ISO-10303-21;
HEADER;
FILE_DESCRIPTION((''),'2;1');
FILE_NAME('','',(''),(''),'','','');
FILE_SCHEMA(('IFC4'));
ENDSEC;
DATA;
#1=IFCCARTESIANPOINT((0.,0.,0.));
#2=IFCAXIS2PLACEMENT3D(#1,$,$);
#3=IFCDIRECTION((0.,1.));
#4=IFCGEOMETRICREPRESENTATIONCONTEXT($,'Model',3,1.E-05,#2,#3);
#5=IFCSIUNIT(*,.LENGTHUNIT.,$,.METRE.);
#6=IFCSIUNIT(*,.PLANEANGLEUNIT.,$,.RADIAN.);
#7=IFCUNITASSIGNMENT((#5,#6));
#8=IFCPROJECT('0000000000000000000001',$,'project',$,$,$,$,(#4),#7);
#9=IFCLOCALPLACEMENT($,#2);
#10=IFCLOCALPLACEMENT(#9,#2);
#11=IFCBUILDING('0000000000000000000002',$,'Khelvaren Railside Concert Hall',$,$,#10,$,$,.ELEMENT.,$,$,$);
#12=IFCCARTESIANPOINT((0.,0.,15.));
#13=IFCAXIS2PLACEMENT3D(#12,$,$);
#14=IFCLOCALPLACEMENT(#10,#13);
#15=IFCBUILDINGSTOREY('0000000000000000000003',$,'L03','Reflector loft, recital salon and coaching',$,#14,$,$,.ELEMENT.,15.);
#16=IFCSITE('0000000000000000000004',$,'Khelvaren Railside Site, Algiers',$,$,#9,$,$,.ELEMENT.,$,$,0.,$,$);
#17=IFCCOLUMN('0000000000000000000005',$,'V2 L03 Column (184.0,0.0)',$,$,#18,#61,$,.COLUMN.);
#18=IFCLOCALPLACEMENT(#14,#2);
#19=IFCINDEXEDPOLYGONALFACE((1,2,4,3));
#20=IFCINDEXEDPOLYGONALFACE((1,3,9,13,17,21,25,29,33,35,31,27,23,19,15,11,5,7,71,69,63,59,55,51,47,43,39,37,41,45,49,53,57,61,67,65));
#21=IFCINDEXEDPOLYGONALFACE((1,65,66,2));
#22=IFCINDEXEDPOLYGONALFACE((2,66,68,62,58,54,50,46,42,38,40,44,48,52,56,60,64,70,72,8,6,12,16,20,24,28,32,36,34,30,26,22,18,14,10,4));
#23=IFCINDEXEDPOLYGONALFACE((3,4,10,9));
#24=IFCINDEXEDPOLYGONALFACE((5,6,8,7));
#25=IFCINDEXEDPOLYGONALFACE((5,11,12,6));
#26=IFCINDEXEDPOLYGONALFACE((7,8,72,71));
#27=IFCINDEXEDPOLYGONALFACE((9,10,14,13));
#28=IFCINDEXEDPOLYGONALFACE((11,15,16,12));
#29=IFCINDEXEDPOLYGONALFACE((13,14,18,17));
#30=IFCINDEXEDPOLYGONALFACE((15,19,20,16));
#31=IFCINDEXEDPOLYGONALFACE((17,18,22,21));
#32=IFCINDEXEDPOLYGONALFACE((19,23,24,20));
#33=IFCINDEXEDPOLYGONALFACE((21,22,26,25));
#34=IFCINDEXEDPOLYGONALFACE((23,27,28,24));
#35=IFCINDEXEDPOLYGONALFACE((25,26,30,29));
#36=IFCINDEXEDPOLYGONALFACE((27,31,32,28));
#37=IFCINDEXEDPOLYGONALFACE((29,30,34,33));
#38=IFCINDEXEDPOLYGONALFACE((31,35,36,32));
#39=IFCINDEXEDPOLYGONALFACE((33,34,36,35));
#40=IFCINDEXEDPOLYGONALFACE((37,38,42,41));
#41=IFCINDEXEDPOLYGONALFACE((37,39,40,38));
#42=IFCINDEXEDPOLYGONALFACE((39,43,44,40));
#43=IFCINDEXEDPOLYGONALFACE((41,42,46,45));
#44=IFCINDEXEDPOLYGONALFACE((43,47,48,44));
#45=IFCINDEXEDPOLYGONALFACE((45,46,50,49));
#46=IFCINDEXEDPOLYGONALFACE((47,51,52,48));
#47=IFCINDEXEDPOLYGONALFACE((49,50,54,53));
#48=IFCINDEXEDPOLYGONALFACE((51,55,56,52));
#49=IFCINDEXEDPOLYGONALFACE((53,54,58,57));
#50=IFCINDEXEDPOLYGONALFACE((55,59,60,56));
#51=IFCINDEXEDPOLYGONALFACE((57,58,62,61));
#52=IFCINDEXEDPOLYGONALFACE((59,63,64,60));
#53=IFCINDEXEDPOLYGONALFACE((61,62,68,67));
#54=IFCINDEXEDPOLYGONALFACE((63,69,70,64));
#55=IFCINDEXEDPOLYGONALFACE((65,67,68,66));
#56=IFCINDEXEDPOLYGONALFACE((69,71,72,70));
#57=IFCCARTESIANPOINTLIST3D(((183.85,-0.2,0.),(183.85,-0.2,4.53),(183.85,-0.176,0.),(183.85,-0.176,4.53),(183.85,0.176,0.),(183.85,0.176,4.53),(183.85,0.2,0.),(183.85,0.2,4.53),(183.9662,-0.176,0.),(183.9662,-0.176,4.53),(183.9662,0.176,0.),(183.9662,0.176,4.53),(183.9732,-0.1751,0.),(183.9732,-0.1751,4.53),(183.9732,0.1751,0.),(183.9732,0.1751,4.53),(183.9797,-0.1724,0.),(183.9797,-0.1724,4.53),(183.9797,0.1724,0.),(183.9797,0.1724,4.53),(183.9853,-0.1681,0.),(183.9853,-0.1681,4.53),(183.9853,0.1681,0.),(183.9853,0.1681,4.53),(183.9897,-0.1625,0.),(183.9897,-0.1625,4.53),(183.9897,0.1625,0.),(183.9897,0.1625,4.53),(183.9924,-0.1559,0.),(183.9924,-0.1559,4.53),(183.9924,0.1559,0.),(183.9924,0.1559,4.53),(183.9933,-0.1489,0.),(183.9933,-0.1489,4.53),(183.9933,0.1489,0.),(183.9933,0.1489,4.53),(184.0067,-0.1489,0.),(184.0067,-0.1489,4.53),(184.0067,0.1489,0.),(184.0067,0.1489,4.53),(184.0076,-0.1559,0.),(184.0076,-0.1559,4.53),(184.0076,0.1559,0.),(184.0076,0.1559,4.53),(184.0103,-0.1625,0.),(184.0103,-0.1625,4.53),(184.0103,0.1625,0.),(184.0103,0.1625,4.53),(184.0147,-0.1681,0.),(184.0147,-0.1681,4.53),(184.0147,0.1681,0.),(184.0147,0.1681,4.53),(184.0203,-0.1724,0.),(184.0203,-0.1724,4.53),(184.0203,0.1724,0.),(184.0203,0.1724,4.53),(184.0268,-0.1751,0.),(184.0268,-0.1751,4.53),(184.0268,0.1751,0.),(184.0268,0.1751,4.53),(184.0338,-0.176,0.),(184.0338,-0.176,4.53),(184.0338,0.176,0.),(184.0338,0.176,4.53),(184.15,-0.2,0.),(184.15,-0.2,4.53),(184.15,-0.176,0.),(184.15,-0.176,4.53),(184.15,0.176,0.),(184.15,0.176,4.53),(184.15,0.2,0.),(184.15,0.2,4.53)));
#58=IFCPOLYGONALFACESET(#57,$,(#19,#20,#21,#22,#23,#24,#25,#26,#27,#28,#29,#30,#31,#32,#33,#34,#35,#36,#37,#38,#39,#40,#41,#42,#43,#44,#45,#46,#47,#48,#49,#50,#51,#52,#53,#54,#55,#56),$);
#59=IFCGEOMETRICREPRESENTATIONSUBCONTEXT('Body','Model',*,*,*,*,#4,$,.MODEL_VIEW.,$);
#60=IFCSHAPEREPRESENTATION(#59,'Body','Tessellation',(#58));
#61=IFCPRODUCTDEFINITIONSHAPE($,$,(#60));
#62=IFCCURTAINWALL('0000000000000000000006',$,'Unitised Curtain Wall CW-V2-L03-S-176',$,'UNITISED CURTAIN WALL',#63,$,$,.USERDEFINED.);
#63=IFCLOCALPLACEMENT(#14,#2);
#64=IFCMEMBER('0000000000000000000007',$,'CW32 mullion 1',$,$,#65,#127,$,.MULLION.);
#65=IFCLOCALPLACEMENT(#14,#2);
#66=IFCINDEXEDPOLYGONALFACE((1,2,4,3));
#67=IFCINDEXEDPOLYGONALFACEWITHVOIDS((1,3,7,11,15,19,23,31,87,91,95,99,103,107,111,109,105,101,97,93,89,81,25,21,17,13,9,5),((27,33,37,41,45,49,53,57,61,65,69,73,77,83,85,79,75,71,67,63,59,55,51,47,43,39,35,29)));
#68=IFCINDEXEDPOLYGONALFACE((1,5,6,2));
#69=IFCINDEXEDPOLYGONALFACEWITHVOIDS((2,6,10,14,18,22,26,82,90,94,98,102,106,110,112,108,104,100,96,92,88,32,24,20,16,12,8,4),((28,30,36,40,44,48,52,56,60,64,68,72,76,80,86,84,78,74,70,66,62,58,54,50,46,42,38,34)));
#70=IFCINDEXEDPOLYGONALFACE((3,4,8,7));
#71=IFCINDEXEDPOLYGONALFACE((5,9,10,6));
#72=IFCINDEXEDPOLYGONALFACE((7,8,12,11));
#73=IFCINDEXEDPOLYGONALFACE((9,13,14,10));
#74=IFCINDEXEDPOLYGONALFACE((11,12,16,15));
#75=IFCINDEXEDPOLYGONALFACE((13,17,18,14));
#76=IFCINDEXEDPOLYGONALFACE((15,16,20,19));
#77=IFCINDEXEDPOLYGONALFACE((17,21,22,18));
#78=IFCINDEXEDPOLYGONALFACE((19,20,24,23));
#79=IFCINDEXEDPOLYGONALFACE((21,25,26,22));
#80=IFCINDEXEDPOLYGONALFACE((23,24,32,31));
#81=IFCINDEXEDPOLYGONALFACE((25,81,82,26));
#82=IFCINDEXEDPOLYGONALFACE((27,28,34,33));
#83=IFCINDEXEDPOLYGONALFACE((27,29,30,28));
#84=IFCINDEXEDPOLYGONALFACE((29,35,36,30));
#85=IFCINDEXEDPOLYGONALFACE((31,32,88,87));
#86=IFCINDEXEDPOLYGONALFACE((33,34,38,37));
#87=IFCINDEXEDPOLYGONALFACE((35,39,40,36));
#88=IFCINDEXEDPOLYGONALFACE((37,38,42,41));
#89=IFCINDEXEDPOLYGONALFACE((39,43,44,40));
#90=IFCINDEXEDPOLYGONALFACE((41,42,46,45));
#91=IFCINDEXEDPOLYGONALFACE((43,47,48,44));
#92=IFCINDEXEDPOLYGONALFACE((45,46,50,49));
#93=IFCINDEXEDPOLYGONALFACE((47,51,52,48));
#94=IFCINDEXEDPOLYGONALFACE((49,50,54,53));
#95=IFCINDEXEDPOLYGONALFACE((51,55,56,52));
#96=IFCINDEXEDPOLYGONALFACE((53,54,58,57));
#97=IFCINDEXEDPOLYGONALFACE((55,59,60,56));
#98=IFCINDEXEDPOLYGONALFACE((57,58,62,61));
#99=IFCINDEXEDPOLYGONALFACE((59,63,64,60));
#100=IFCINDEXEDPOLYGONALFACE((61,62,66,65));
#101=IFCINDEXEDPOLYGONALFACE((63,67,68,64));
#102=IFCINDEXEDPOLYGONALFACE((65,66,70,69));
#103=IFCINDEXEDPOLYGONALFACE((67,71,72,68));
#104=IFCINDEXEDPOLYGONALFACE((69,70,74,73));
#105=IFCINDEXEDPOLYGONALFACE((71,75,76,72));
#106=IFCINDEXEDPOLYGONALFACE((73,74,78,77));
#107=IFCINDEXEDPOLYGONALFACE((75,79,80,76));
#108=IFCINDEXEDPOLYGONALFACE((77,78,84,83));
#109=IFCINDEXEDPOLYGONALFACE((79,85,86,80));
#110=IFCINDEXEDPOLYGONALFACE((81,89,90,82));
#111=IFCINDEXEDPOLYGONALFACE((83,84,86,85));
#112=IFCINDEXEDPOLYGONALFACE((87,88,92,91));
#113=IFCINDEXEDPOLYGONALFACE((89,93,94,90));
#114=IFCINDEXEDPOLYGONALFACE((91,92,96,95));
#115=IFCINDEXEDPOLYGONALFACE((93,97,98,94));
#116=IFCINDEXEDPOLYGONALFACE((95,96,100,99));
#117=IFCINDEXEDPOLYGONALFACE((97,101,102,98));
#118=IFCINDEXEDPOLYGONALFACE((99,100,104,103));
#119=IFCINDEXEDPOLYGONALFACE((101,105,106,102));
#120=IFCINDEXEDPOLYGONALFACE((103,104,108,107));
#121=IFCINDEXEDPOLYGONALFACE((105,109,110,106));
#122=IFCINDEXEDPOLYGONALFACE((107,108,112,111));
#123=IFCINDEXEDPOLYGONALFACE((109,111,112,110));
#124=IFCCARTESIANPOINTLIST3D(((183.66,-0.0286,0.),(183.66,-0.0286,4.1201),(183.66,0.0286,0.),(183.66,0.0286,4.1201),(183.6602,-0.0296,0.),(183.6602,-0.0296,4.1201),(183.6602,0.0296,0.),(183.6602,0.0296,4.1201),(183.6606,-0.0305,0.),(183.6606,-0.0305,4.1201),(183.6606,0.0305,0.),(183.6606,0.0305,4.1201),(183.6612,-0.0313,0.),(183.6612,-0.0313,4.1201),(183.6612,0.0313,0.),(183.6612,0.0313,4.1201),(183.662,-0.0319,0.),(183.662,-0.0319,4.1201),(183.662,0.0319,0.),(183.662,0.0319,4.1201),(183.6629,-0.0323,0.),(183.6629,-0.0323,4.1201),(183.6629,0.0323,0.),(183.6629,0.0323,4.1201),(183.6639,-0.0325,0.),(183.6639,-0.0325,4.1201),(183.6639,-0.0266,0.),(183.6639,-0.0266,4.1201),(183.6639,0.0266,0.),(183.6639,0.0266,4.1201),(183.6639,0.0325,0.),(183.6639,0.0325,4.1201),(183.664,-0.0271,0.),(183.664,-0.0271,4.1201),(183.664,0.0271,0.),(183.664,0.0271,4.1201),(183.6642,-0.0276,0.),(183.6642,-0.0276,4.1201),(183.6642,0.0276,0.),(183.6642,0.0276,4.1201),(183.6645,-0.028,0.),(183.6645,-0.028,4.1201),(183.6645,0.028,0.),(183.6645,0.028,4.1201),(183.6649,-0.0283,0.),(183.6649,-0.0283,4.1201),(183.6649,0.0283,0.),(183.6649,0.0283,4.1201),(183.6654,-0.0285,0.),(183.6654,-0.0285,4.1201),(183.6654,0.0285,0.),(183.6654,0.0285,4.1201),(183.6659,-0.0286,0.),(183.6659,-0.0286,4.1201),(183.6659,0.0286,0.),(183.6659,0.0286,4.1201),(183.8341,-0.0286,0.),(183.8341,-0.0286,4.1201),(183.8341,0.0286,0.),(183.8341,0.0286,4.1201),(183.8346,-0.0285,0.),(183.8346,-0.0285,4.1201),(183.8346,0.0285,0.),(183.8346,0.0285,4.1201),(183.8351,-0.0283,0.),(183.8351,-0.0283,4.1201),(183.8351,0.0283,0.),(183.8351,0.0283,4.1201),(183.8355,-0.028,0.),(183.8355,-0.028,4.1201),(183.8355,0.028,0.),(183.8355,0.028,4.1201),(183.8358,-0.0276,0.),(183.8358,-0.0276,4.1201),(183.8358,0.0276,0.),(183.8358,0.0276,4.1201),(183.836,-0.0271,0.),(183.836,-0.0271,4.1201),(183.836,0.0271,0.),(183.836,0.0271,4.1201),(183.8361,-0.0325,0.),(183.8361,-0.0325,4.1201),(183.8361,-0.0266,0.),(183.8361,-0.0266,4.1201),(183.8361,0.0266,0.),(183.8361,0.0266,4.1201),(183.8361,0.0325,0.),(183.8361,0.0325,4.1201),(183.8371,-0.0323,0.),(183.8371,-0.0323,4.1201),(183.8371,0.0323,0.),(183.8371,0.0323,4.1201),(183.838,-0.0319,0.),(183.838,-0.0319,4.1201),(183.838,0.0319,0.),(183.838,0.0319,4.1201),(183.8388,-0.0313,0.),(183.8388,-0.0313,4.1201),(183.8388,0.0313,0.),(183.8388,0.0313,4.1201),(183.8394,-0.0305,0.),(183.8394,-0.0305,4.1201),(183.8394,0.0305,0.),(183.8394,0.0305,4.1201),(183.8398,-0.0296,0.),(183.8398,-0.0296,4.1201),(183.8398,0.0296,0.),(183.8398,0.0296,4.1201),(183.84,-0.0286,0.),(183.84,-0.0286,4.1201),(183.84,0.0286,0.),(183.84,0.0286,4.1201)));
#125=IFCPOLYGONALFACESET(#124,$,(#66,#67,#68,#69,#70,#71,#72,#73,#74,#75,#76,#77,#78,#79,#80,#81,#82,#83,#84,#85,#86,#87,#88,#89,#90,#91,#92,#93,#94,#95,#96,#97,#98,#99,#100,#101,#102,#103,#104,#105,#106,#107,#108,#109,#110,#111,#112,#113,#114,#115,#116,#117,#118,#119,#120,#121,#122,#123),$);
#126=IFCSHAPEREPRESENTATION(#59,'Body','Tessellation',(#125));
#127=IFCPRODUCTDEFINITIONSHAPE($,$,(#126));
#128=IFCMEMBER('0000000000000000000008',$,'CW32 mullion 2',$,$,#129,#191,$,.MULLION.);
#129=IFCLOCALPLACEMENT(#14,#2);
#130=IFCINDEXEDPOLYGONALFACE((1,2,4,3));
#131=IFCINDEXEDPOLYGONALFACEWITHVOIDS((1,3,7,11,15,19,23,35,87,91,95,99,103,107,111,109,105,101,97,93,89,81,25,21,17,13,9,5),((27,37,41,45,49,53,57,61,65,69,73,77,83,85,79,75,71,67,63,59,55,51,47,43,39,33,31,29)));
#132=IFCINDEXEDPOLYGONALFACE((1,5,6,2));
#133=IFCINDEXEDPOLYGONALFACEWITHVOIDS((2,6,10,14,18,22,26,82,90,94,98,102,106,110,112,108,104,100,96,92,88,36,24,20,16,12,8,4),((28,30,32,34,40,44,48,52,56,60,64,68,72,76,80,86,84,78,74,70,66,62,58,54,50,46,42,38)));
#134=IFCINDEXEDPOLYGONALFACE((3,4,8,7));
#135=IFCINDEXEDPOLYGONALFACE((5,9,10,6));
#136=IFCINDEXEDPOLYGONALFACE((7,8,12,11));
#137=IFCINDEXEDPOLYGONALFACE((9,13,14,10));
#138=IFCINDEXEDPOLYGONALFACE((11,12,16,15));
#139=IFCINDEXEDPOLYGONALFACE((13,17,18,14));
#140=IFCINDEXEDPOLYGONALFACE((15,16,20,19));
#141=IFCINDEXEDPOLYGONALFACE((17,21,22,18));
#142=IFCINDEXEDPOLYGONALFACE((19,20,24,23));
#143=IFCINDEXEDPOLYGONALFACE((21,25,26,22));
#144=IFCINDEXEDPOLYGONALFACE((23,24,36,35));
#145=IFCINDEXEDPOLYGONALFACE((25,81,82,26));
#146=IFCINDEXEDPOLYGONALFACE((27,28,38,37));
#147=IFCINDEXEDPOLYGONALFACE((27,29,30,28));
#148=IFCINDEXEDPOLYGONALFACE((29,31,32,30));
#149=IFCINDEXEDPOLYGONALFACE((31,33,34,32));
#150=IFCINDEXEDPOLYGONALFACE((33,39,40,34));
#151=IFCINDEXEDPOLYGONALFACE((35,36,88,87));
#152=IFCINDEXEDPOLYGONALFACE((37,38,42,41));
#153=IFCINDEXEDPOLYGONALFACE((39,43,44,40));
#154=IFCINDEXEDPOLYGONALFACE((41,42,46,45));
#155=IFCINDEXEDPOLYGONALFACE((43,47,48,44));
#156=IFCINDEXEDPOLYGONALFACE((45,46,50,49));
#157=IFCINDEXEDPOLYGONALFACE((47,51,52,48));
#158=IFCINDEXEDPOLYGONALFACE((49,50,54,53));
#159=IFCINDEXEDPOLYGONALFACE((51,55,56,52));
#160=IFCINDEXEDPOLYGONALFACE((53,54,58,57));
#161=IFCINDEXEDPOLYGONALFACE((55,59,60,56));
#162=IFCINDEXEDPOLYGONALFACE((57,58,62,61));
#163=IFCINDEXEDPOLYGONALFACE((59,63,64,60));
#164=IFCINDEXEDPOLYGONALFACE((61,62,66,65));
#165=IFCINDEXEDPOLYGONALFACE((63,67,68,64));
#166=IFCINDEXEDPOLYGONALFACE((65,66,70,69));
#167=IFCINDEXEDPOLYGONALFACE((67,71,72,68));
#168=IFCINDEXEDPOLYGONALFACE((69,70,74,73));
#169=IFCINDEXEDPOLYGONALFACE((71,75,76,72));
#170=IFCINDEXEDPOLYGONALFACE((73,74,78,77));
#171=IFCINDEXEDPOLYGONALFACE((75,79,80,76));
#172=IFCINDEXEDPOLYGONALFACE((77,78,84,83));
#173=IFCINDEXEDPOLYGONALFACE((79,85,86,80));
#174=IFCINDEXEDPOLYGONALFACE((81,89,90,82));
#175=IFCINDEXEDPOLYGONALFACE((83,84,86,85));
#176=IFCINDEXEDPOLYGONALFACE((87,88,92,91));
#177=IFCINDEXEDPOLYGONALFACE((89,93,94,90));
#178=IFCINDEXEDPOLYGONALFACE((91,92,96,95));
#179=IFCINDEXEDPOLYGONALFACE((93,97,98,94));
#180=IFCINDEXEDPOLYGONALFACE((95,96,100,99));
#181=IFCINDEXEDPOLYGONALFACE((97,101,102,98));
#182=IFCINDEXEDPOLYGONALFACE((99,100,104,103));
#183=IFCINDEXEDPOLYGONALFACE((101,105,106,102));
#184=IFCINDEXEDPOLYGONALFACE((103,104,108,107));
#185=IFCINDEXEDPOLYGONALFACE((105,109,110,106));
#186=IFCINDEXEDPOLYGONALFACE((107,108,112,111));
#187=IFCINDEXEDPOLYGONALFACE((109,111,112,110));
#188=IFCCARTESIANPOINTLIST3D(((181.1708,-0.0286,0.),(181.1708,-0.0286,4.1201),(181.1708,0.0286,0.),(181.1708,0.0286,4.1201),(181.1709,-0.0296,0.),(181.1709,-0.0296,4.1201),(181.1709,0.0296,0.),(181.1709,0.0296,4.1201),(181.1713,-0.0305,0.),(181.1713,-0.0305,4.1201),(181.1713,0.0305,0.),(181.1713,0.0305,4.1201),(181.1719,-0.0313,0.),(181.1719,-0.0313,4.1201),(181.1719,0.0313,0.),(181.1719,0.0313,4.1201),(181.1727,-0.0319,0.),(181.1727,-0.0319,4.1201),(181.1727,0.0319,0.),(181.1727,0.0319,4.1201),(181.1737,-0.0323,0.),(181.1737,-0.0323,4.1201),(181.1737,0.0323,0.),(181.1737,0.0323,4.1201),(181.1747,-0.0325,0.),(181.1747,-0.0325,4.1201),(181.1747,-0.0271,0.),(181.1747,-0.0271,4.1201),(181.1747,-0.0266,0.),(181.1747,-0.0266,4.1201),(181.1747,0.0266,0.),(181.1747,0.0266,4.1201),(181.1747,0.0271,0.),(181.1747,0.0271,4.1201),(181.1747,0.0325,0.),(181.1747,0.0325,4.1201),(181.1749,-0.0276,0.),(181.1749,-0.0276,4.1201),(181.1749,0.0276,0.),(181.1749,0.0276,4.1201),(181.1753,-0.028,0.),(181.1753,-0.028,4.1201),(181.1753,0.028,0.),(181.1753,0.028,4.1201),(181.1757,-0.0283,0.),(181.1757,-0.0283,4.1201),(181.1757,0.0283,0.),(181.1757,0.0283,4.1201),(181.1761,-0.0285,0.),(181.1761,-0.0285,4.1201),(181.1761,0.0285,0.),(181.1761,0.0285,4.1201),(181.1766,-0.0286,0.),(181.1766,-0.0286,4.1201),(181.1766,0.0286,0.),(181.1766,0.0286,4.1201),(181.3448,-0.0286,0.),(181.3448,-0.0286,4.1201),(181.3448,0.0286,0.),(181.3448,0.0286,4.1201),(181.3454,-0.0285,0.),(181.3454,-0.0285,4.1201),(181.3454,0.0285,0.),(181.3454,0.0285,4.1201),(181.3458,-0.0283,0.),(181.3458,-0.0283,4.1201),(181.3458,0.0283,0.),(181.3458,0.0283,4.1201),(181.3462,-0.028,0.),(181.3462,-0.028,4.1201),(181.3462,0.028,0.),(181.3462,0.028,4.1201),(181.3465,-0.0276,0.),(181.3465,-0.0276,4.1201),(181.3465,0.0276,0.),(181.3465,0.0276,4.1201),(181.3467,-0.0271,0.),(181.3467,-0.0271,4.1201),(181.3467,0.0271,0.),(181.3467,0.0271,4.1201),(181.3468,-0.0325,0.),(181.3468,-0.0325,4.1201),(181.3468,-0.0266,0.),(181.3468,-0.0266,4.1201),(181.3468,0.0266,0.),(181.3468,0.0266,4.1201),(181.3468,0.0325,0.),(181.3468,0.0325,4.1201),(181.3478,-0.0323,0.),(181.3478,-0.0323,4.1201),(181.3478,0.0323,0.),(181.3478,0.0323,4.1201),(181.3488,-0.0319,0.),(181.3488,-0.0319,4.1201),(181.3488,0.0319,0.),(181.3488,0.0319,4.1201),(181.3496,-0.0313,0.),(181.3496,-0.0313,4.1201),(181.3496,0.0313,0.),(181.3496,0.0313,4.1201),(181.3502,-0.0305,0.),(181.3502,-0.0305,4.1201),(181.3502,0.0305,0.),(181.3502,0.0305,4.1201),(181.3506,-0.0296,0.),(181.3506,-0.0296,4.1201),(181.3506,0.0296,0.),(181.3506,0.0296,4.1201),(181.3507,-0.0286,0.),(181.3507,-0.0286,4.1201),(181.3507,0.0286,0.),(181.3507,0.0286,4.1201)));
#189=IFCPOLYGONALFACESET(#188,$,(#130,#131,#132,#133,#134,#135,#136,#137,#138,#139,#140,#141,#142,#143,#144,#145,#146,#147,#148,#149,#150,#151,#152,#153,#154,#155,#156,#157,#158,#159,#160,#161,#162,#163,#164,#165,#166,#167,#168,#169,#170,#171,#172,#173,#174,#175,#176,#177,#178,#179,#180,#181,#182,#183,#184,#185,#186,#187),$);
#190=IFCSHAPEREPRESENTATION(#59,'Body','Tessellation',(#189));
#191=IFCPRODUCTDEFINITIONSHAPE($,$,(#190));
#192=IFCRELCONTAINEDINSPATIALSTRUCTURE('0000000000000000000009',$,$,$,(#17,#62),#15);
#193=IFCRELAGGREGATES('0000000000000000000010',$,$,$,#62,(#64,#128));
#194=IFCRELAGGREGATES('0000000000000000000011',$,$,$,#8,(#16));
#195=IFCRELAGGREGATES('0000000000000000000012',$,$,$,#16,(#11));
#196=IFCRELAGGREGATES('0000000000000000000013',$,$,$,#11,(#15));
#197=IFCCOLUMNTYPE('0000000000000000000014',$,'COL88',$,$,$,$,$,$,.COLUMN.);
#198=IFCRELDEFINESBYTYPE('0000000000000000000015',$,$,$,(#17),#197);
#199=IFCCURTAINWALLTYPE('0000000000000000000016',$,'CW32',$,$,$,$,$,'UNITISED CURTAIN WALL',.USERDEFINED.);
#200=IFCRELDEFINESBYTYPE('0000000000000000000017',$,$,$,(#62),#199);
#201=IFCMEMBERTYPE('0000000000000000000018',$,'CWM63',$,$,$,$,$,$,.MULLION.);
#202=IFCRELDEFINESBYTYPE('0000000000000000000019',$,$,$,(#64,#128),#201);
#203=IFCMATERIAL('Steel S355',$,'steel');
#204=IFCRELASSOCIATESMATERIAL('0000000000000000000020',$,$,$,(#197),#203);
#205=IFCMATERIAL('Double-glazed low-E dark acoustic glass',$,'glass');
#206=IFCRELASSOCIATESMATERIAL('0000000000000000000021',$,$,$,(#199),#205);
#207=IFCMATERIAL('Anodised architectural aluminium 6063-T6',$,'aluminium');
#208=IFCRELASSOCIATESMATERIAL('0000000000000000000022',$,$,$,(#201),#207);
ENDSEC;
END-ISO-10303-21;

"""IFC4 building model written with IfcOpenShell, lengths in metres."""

from ifc_helpers import new_model, si_unit, direction, frame, origin, origin_2d, place, context, subcontext, project, spatial, hollow_rectangle, i_section, extrude, material, material_profile, profile_set, type_object, element, aggregate, save


model = new_model("IFC4")

# Units and contexts
model_context = context("Model", 3, precision=1e-05, world=origin(), true_north=direction((0.0, 1.0)))
body_context = subcontext(model_context, "Body", "Model", "MODEL_VIEW")
ifc_project = project(units=[si_unit("LENGTHUNIT", "METRE"), si_unit("PLANEANGLEUNIT", "RADIAN")], contexts=[model_context])

# Site, building, storey
site_placement = place(None, origin())
site = spatial("IfcSite", under=ifc_project, at=site_placement, Name="Khelvaren Railside Site, Algiers", CompositionType="ELEMENT", RefElevation=0.0)
building_placement = place(site_placement, origin())
building = spatial("IfcBuilding", under=site, at=building_placement, Name="Khelvaren Railside Concert Hall", CompositionType="ELEMENT")
storey_placement = place(building_placement, frame((0.0, 0.0, 15.0)))
storey = spatial("IfcBuildingStorey", under=building, at=storey_placement, Name="L03", Description="Reflector loft, recital salon and coaching", CompositionType="ELEMENT", Elevation=15.0)

# Column
ifc_material_1 = material(Name="Steel S355", Category="steel")
ifc_material_profile_1 = material_profile(ifc_material_1, i_section(OverallWidth=0.3, OverallDepth=0.3999, WebThickness=0.0134, FlangeThickness=0.0239, FilletRadius=0.0271, at=origin_2d()), Name="HEB 400")
ifc_profile_set_1 = profile_set([ifc_material_profile_1], Name="Steel S355")
column_type = type_object("IfcColumnType", Name="COL88", PredefinedType="COLUMN", material=ifc_profile_set_1)
column_placement = place(storey_placement, frame((184.0, 0.0, 0.0), z_axis=(0.0, 0.0, 1.0), x_axis=(1.0, 0.0, 0.0)))
element("IfcColumn", 1, at=column_placement, inside=storey, type_object=column_type, Name="V2 L03 Column (184.0,0.0)", PredefinedType="COLUMN", context=body_context, shape_type="SweptSolid", body=[
    extrude(i_section(OverallWidth=0.3, OverallDepth=0.3999, WebThickness=0.0134, FlangeThickness=0.0239, FilletRadius=0.0271, at=origin_2d()), origin(), (0.0, 0.0, 1.0), 4.53),
])

# Curtain wall, members
ifc_material_2 = material(Name="Double-glazed low-E dark acoustic glass", Category="glass")
curtain_wall_type_1 = type_object("IfcCurtainWallType", Name="CW32", ElementType="UNITISED CURTAIN WALL", PredefinedType="USERDEFINED", material=ifc_material_2)
curtain_wall_1_placement = place(storey_placement, origin())
curtain_wall_1 = element("IfcCurtainWall", 2, at=curtain_wall_1_placement, inside=storey, type_object=curtain_wall_type_1, Name="Unitised Curtain Wall CW-V2-L03-S-176", ObjectType="UNITISED CURTAIN WALL", PredefinedType="USERDEFINED")
ifc_material_3 = material(Name="Anodised architectural aluminium 6063-T6", Category="aluminium")
ifc_material_profile_2 = material_profile(ifc_material_3, hollow_rectangle(XDim=0.0649, YDim=0.1799, WallThickness=0.0039, InnerFilletRadius=0.002, OuterFilletRadius=0.0039, at=origin_2d()), Name="CWM 65x180x4")
ifc_profile_set_2 = profile_set([ifc_material_profile_2], Name="Anodised architectural aluminium 6063-T6")
member_type_1 = type_object("IfcMemberType", Name="CWM63", PredefinedType="MULLION", material=ifc_profile_set_2)
member_1_placement = place(storey_placement, frame((183.75, 0.0, 0.0), z_axis=(0.0, 0.0, 1.0), x_axis=(0.0, -1.0, 0.0)))
member_1 = element("IfcMember", 3, at=member_1_placement, type_object=member_type_1, Name="CW32 mullion 1", PredefinedType="MULLION", context=body_context, shape_type="SweptSolid", body=[
    extrude(hollow_rectangle(XDim=0.0649, YDim=0.1799, WallThickness=0.0039, InnerFilletRadius=0.002, OuterFilletRadius=0.0039, at=origin_2d()), origin(), (0.0, 0.0, 1.0), 4.1201),
])
member_2_placement = place(storey_placement, frame((181.2607, 0.0, 0.0), z_axis=(0.0, 0.0, 1.0), x_axis=(0.0, -1.0, 0.0)))
member_2 = element("IfcMember", 4, at=member_2_placement, type_object=member_type_1, Name="CW32 mullion 2", PredefinedType="MULLION", context=body_context, shape_type="SweptSolid", body=[
    extrude(hollow_rectangle(XDim=0.0649, YDim=0.1799, WallThickness=0.0039, InnerFilletRadius=0.002, OuterFilletRadius=0.0039, at=origin_2d()), origin(), (0.0, 0.0, 1.0), 4.1201),
])

aggregate(curtain_wall_1, [member_1, member_2])

save(model, "model.ifc")
